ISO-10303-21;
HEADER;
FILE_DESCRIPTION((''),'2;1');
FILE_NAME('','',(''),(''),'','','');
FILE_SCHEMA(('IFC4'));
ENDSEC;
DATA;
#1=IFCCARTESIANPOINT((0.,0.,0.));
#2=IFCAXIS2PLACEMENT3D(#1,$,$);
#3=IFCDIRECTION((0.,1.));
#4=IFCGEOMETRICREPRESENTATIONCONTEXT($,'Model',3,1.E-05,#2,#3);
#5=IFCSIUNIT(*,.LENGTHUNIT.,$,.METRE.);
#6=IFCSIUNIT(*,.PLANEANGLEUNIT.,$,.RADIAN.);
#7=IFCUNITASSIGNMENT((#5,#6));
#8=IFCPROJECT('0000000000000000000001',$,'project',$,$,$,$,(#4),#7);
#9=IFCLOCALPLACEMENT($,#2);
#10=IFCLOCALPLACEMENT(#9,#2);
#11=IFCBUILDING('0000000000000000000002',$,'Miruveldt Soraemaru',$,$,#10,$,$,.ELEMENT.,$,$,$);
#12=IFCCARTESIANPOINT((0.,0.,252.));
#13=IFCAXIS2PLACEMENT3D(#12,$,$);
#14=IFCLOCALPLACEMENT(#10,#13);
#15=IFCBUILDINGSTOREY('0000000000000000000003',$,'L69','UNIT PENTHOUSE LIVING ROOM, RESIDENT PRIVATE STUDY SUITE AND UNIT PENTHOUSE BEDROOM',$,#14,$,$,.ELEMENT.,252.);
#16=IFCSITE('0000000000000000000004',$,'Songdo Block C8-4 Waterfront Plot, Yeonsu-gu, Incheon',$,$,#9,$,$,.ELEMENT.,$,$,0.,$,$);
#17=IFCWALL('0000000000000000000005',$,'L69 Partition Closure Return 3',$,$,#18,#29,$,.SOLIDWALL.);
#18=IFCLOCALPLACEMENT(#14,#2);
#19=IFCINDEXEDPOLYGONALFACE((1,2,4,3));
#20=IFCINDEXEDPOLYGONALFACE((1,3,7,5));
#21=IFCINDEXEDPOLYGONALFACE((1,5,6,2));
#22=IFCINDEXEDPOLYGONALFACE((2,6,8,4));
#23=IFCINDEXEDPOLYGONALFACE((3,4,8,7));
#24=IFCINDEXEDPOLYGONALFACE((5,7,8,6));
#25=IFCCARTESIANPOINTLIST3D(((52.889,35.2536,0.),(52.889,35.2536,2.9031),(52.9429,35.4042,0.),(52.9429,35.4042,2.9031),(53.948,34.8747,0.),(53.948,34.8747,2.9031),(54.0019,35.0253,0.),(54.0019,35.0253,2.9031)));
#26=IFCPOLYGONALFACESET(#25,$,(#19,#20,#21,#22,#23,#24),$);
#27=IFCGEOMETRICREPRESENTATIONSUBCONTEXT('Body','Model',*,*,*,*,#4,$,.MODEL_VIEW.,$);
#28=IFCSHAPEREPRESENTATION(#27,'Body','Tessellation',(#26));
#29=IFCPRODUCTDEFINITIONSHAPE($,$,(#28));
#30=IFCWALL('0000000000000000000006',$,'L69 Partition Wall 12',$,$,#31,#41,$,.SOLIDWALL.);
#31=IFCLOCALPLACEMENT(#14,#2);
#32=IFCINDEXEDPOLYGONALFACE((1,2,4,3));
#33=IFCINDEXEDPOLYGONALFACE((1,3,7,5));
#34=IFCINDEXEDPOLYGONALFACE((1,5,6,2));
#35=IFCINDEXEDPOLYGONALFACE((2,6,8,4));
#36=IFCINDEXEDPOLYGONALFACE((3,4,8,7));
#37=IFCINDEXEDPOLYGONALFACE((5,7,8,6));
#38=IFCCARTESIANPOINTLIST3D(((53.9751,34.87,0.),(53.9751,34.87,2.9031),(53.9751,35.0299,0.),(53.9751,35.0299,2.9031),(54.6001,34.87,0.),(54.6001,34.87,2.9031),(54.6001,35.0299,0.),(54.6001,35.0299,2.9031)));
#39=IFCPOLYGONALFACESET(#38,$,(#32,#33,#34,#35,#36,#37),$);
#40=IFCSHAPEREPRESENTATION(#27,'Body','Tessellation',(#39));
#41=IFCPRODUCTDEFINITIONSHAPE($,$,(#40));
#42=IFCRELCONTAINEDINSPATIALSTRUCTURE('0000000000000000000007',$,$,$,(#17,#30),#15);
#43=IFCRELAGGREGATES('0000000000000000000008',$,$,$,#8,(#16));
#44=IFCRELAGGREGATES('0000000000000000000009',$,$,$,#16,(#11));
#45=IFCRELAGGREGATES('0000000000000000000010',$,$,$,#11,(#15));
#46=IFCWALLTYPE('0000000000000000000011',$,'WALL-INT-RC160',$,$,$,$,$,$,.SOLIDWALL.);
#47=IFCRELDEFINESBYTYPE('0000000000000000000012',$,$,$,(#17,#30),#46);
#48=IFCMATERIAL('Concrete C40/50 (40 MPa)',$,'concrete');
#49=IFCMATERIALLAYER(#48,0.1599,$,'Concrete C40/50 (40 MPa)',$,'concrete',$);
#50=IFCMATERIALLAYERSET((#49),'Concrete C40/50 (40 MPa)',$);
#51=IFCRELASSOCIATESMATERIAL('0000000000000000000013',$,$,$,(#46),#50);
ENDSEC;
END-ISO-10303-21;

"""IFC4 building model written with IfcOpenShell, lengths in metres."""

from ifc_helpers import new_model, si_unit, direction, frame, frame_2d, origin, place, context, subcontext, project, spatial, rectangle, extrude, material, layer, layer_set, type_object, element, save


model = new_model("IFC4")

# Units and contexts
model_context = context("Model", 3, precision=1e-05, world=origin(), true_north=direction((0.0, 1.0)))
body_context = subcontext(model_context, "Body", "Model", "MODEL_VIEW")
ifc_project = project(units=[si_unit("LENGTHUNIT", "METRE"), si_unit("PLANEANGLEUNIT", "RADIAN")], contexts=[model_context])

# Site, building, storey
site_placement = place(None, origin())
site = spatial("IfcSite", under=ifc_project, at=site_placement, Name="Songdo Block C8-4 Waterfront Plot, Yeonsu-gu, Incheon", CompositionType="ELEMENT", RefElevation=0.0)
building_placement = place(site_placement, origin())
building = spatial("IfcBuilding", under=site, at=building_placement, Name="Miruveldt Soraemaru", CompositionType="ELEMENT")
storey_placement = place(building_placement, frame((0.0, 0.0, 252.0)))
storey = spatial("IfcBuildingStorey", under=building, at=storey_placement, Name="L69", Description="UNIT PENTHOUSE LIVING ROOM, RESIDENT PRIVATE STUDY SUITE AND UNIT PENTHOUSE BEDROOM", CompositionType="ELEMENT", Elevation=252.0)

# Walls
ifc_material_1 = material(Name="Concrete C40/50 (40 MPa)", Category="concrete")
ifc_layer_1 = layer(ifc_material_1, 0.1599, Name="Concrete C40/50 (40 MPa)", Category="concrete")
ifc_layer_set_1 = layer_set([ifc_layer_1], Name="Concrete C40/50 (40 MPa)")
wall_type_1 = type_object("IfcWallType", Name="WALL-INT-RC160", PredefinedType="SOLIDWALL", material=ifc_layer_set_1)
wall_1_placement = place(storey_placement, frame((53.9751, 34.95, 0.0), z_axis=(0.0, 0.0, 1.0), x_axis=(-0.941555, 0.336859, 0.0)))
element("IfcWall", 1, at=wall_1_placement, inside=storey, type_object=wall_type_1, Name="L69 Partition Closure Return 3", PredefinedType="SOLIDWALL", context=body_context, shape_type="SweptSolid", body=[
    extrude(rectangle(XDim=1.1248, YDim=0.1599, at=frame_2d((0.5625, 0.0))), origin(), (0.0, 0.0, 1.0), 2.9031),
])
wall_2_placement = place(storey_placement, frame((54.6001, 34.95, 0.0), z_axis=(0.0, 0.0, 1.0), x_axis=(-1.0, 0.0, 0.0)))
element("IfcWall", 2, at=wall_2_placement, inside=storey, type_object=wall_type_1, Name="L69 Partition Wall 12", PredefinedType="SOLIDWALL", context=body_context, shape_type="SweptSolid", body=[
    extrude(rectangle(XDim=0.625, YDim=0.1599, at=frame_2d((0.3125, 0.0))), origin(), (0.0, 0.0, 1.0), 2.9031),
])

save(model, "model.ifc")
